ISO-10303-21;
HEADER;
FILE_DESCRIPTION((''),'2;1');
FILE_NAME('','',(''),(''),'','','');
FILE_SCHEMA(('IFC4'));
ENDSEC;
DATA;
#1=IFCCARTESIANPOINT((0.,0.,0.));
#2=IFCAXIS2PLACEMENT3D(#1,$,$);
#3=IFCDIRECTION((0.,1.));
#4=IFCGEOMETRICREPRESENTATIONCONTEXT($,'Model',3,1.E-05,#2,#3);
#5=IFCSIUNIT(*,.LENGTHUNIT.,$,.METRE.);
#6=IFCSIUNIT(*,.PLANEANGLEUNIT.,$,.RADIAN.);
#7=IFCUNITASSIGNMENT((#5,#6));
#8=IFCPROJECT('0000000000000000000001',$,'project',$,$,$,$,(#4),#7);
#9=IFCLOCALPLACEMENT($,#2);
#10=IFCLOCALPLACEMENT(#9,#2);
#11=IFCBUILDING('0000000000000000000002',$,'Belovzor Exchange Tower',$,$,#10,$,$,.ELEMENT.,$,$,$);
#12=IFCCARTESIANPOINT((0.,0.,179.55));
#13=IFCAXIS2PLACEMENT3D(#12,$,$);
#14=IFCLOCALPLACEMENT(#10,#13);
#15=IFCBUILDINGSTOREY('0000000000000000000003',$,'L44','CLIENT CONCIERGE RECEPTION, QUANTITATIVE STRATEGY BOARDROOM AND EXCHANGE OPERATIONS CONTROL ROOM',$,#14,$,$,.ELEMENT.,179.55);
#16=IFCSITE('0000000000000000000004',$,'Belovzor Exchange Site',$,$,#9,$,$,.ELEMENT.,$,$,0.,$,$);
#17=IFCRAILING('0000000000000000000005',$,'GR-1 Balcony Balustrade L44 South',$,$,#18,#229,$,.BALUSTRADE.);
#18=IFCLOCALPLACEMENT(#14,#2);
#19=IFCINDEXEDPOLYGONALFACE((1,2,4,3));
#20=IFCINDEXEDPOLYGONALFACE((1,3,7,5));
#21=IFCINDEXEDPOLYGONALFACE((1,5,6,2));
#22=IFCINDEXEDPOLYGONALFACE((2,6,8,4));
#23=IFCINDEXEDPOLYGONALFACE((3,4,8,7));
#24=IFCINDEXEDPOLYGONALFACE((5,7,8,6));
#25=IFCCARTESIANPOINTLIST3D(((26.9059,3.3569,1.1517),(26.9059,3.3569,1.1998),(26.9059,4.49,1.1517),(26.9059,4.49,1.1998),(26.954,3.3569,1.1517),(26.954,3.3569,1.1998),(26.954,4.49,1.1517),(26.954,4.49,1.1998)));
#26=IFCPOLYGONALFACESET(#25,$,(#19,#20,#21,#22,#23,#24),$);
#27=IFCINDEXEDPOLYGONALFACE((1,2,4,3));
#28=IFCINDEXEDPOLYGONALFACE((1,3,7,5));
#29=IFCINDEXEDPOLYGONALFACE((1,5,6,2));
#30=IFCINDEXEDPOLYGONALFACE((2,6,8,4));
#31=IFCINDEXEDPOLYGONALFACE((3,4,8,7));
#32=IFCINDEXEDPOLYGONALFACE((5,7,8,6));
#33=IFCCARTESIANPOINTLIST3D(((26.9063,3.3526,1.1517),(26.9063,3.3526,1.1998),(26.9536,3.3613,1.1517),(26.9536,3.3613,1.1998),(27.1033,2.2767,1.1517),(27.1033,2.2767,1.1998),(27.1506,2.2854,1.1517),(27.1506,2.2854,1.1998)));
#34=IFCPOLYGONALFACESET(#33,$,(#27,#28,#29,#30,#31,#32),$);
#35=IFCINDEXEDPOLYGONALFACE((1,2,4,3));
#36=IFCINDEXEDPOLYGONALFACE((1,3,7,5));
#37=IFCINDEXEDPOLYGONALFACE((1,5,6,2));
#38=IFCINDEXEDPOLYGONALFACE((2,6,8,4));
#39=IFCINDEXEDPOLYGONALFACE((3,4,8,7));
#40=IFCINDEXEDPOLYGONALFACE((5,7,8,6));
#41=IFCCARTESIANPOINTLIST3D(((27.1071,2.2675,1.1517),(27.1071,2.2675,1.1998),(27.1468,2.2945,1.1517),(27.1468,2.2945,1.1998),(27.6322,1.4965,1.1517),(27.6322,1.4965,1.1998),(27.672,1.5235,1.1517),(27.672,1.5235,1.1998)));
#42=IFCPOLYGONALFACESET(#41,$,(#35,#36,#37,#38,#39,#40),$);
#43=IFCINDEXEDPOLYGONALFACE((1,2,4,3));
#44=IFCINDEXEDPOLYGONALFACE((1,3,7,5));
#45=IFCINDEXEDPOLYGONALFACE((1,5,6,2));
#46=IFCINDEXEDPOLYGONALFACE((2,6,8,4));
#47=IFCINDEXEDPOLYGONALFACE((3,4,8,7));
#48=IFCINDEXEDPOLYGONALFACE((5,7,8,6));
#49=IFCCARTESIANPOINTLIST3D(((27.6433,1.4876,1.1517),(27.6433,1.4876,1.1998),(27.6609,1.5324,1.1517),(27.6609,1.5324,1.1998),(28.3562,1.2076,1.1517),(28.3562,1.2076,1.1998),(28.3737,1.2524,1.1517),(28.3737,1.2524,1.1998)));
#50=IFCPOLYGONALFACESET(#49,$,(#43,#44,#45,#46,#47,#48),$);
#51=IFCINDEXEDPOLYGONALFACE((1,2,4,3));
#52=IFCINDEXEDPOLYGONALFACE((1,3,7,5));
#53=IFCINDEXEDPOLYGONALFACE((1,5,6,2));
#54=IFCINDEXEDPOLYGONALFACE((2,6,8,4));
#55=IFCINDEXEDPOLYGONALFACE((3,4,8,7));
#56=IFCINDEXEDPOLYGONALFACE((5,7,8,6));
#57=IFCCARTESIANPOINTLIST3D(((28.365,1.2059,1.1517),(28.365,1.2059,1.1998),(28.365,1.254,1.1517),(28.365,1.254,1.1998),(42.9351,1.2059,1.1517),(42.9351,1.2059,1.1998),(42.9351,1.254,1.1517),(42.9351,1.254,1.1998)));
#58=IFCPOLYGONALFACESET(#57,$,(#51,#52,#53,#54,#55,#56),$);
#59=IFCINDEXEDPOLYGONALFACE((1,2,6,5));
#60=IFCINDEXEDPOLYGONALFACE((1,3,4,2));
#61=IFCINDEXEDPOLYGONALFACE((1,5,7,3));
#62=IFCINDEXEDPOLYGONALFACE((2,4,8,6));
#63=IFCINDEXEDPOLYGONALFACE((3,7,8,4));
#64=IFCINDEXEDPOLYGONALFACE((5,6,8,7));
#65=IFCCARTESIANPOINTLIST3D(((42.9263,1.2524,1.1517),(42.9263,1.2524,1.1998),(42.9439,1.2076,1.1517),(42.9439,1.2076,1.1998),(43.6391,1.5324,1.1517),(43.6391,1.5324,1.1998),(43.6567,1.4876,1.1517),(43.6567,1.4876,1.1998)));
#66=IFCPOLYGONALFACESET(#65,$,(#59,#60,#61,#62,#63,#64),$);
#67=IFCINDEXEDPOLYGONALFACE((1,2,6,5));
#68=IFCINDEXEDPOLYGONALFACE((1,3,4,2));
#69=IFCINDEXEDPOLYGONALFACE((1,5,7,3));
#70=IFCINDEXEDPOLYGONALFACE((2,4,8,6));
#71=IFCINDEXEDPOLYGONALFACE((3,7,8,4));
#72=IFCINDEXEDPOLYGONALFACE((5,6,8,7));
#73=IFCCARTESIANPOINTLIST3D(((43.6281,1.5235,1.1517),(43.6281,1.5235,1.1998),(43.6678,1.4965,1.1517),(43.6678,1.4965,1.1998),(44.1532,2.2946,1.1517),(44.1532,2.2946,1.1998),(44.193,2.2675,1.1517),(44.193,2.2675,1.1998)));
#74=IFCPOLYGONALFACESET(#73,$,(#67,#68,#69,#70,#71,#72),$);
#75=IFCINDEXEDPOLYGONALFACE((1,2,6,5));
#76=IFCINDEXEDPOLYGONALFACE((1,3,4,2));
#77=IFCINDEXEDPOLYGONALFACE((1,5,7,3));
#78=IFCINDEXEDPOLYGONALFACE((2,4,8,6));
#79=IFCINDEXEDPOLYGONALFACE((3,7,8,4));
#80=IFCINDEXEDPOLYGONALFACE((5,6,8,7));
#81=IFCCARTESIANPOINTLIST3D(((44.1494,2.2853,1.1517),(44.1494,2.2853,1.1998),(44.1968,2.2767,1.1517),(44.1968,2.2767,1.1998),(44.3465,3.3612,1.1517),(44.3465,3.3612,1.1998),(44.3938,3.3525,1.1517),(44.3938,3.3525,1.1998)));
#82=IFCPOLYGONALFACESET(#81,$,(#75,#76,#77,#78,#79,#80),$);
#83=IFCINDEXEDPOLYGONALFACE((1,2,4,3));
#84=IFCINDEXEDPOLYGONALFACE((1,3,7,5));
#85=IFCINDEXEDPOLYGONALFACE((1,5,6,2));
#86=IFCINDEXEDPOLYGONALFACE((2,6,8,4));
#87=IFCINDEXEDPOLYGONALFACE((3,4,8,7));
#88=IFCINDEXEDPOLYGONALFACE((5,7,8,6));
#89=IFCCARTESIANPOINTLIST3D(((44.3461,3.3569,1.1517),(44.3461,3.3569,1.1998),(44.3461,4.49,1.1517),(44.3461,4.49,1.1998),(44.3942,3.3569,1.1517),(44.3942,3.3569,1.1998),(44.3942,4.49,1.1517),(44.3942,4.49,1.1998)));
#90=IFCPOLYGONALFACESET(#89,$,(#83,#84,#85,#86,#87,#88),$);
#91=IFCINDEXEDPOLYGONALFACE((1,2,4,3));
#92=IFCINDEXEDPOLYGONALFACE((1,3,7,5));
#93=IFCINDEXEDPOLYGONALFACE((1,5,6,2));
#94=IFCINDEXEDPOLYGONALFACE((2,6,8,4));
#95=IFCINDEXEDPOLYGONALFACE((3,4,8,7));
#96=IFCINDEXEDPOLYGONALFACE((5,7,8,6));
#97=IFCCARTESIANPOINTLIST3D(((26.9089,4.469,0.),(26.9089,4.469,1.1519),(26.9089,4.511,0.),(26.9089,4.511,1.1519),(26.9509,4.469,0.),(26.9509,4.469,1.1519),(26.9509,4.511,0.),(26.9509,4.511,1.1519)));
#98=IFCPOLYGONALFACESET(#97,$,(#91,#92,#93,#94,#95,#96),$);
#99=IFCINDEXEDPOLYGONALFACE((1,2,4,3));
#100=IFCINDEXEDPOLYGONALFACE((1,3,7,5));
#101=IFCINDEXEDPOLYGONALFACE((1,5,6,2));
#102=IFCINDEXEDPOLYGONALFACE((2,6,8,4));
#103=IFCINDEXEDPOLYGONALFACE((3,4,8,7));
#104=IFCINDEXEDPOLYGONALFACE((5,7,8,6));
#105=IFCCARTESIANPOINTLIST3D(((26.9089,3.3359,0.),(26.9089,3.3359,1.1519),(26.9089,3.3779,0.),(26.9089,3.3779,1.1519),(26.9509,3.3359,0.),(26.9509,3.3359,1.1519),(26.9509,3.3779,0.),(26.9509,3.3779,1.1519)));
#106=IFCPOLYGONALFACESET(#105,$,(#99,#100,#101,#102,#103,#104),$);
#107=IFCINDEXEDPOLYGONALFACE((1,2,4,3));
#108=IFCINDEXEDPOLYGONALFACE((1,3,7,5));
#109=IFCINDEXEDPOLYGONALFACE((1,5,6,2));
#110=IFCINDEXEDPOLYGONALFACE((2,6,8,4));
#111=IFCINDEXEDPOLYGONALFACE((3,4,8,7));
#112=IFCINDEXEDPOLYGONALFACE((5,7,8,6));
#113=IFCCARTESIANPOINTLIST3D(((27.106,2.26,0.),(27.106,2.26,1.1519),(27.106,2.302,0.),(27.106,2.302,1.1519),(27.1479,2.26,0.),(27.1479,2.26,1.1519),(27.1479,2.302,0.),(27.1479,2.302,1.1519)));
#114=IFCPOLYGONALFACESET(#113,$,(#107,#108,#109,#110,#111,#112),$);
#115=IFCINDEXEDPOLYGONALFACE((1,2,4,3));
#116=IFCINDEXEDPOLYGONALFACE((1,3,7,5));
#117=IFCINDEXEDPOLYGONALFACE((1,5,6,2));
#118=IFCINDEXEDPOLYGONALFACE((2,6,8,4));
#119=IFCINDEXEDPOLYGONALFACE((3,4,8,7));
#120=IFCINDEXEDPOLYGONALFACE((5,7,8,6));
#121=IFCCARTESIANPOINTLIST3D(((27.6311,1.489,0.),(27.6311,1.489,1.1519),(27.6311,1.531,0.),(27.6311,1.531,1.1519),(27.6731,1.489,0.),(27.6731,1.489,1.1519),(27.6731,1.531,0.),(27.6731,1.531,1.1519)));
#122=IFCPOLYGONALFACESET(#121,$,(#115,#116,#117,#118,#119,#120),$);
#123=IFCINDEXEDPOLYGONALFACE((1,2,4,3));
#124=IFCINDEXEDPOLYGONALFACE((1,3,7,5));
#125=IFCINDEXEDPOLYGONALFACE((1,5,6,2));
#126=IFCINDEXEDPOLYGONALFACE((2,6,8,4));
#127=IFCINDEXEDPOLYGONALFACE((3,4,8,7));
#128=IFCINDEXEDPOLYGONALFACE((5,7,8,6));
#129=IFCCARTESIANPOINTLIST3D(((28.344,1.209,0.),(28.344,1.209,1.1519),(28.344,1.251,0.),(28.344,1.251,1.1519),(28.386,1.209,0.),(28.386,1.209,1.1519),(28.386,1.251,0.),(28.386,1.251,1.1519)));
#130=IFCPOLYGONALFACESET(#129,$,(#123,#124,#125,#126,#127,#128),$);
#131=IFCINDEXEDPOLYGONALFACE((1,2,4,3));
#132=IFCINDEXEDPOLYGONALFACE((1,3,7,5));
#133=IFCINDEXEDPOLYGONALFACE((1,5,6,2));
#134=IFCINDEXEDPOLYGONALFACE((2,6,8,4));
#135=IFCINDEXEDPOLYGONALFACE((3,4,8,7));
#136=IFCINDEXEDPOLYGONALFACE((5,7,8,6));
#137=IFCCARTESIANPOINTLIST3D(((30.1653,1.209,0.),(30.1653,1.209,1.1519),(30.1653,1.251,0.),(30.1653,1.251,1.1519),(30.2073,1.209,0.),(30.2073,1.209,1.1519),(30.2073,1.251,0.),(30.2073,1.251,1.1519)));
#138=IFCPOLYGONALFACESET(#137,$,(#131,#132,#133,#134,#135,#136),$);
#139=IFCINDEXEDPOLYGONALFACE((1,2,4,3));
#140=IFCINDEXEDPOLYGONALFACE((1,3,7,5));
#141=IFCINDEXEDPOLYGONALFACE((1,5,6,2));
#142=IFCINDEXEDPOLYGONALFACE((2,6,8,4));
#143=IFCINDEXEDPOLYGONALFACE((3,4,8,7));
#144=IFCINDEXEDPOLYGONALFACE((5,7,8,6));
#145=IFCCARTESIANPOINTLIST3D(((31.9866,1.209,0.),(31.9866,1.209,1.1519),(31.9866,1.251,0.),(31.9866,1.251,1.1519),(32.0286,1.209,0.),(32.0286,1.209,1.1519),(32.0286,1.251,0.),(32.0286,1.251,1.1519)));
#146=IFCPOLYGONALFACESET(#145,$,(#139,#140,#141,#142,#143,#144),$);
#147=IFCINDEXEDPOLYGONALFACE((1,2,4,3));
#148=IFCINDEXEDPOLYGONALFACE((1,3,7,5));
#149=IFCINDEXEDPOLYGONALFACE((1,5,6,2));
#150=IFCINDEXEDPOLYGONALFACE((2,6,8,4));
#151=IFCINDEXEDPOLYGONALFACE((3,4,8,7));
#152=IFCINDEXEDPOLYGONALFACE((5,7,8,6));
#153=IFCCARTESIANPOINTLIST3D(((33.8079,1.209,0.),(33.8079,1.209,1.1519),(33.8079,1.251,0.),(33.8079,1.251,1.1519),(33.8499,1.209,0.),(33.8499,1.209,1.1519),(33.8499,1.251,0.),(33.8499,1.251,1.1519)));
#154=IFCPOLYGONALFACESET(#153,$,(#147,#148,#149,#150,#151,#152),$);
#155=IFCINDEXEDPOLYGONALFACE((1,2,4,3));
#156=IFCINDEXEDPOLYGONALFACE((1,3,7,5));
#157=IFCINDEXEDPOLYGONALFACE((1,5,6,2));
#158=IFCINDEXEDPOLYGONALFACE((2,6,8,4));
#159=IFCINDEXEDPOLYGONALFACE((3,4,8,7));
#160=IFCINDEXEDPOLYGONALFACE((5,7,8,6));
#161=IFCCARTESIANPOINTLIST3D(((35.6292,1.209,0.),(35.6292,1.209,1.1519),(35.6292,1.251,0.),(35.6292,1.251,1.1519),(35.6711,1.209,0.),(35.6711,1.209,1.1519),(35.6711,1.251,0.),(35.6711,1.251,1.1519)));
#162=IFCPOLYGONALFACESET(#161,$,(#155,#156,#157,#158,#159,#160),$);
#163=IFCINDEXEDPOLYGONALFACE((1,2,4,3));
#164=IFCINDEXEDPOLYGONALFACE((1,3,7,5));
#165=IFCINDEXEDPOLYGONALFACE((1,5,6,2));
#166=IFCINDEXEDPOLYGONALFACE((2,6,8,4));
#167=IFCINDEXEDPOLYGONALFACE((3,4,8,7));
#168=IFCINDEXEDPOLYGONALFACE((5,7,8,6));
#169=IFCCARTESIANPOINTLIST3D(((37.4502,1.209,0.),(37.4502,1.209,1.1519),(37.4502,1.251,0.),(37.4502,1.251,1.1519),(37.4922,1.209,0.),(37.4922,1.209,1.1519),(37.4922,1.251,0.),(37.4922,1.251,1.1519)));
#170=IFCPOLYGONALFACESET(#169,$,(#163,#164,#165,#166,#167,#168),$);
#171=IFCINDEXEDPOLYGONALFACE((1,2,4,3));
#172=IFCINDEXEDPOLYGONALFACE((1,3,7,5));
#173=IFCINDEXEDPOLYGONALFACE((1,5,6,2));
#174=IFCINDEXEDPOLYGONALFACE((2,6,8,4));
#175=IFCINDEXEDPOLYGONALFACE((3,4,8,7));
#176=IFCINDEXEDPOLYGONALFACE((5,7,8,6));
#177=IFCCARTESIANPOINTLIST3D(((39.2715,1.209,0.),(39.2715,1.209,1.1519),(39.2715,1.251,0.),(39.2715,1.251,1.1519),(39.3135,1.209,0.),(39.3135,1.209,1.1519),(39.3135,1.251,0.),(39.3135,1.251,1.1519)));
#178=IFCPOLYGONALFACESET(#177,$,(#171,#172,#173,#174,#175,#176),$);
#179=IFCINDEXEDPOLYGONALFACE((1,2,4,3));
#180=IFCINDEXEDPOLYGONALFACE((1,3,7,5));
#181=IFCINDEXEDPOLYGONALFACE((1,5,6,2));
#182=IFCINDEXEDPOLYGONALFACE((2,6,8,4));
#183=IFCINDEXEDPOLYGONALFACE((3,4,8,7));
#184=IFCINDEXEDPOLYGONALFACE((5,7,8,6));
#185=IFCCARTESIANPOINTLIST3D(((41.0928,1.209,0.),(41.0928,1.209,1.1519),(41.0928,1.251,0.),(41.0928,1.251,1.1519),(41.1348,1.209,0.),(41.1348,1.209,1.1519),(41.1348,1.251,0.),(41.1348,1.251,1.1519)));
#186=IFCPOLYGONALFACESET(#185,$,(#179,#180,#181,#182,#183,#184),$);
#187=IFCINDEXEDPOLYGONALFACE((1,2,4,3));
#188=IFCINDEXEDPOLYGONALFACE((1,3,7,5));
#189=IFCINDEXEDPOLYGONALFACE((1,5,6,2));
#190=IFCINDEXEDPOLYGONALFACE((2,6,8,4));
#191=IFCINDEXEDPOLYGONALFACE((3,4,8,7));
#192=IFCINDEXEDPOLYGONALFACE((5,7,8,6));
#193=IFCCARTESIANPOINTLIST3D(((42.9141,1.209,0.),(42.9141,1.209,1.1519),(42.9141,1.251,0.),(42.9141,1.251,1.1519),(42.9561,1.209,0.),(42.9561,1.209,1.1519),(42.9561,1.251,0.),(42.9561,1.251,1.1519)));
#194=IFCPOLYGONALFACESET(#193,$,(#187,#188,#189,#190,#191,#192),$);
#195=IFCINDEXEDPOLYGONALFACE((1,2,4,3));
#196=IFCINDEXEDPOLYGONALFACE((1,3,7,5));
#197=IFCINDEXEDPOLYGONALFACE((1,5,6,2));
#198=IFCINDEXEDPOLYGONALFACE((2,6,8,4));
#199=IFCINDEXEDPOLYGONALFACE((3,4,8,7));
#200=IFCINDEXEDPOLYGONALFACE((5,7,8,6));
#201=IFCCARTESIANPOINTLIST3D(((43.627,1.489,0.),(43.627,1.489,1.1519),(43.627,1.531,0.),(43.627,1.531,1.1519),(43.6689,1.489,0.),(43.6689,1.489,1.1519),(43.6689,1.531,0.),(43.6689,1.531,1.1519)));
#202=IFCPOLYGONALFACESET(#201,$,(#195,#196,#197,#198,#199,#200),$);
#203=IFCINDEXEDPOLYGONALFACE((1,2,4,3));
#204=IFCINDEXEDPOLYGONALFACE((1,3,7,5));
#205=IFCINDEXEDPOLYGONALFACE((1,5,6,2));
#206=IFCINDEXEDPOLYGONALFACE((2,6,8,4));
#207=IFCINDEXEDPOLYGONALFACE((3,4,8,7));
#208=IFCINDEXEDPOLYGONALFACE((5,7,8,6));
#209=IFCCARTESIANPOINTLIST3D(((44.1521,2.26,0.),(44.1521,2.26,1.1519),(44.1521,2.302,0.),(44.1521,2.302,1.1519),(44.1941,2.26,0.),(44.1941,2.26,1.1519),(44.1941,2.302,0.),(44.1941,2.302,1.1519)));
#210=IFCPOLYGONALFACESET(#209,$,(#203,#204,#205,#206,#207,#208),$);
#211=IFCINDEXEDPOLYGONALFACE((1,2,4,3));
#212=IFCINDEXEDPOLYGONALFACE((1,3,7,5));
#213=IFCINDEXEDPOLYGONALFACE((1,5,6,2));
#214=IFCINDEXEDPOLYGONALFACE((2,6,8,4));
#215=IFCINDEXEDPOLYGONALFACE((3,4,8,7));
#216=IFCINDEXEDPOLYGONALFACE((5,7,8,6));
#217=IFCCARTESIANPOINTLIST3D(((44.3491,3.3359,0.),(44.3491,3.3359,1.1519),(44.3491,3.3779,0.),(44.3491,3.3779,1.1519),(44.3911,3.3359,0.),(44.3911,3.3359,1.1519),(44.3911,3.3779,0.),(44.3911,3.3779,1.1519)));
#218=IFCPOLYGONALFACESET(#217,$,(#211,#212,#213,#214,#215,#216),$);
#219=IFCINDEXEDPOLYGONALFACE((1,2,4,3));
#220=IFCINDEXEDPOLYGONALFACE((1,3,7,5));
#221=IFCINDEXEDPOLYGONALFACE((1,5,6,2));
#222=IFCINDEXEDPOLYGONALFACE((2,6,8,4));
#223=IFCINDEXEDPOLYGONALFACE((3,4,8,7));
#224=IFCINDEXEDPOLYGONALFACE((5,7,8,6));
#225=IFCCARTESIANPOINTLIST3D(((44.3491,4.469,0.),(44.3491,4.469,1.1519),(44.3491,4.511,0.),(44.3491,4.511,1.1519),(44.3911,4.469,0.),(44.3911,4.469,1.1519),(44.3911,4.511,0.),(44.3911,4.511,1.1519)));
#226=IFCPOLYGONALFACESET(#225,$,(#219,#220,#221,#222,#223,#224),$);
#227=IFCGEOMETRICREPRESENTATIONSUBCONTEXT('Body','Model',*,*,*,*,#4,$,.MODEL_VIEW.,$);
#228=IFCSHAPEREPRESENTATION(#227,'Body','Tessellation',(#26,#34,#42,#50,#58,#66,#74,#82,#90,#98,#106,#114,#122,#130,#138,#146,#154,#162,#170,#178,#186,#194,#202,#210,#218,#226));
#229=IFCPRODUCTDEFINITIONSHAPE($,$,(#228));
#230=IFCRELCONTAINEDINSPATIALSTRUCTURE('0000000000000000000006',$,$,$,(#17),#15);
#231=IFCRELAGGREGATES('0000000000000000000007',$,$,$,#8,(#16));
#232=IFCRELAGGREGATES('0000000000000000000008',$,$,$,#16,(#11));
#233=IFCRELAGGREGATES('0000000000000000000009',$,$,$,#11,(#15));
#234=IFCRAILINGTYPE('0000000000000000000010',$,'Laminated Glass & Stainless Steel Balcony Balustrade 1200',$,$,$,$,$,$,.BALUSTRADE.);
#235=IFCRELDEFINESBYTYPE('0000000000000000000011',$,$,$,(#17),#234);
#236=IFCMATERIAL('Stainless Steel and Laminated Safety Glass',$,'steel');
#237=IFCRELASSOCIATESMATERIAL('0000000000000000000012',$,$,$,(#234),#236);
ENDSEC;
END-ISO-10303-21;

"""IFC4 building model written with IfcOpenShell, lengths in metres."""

from ifc_helpers import new_model, si_unit, direction, frame, origin, origin_2d, place, context, subcontext, project, spatial, rectangle, extrude, material, type_object, element, save


model = new_model("IFC4")

# Units and contexts
model_context = context("Model", 3, precision=1e-05, world=origin(), true_north=direction((0.0, 1.0)))
body_context = subcontext(model_context, "Body", "Model", "MODEL_VIEW")
ifc_project = project(units=[si_unit("LENGTHUNIT", "METRE"), si_unit("PLANEANGLEUNIT", "RADIAN")], contexts=[model_context])

# Site, building, storey
site_placement = place(None, origin())
site = spatial("IfcSite", under=ifc_project, at=site_placement, Name="Belovzor Exchange Site", CompositionType="ELEMENT", RefElevation=0.0)
building_placement = place(site_placement, origin())
building = spatial("IfcBuilding", under=site, at=building_placement, Name="Belovzor Exchange Tower", CompositionType="ELEMENT")
storey_placement = place(building_placement, frame((0.0, 0.0, 179.55)))
storey = spatial("IfcBuildingStorey", under=building, at=storey_placement, Name="L44", Description="CLIENT CONCIERGE RECEPTION, QUANTITATIVE STRATEGY BOARDROOM AND EXCHANGE OPERATIONS CONTROL ROOM", CompositionType="ELEMENT", Elevation=179.55)

# Railing
ifc_material_1 = material(Name="Stainless Steel and Laminated Safety Glass", Category="steel")
railing_type = type_object("IfcRailingType", Name="Laminated Glass & Stainless Steel Balcony Balustrade 1200", PredefinedType="BALUSTRADE", material=ifc_material_1)
railing_placement = place(storey_placement, frame((26.9299, 4.49, 0.0)))
element("IfcRailing", 1, at=railing_placement, inside=storey, type_object=railing_type, Name="GR-1 Balcony Balustrade L44 South", PredefinedType="BALUSTRADE", context=body_context, shape_type="SweptSolid", body=[
    extrude(rectangle(XDim=0.0481, YDim=0.0481, at=origin_2d()), frame((0.0, 0.0, 1.1758), z_axis=(0.0, -1.0, 0.0), x_axis=(1.0, 0.0, 0.0)), (0.0, 0.0, 1.0), 1.1331),
    extrude(rectangle(XDim=0.0481, YDim=0.0481, at=origin_2d()), frame((0.0, -1.1331, 1.1758), z_axis=(0.180123, -0.983644, 0.0), x_axis=(0.983644, 0.180123, 0.0)), (0.0, 0.0, 1.0), 1.0938),
    extrude(rectangle(XDim=0.0481, YDim=0.0481, at=origin_2d()), frame((0.197, -2.209, 1.1758), z_axis=(0.562947, -0.826493, 0.0), x_axis=(0.826493, 0.562947, 0.0)), (0.0, 0.0, 1.0), 0.9329),
    extrude(rectangle(XDim=0.0481, YDim=0.0481, at=origin_2d()), frame((0.7222, -2.98, 1.1758), z_axis=(0.930767, -0.365613, 0.0), x_axis=(0.365613, 0.930767, 0.0)), (0.0, 0.0, 1.0), 0.7659),
    extrude(rectangle(XDim=0.0481, YDim=0.0481, at=origin_2d()), frame((1.4351, -3.26, 1.1758), z_axis=(1.0, 0.0, 0.0), x_axis=(0.0, 1.0, 0.0)), (0.0, 0.0, 1.0), 14.5701),
    extrude(rectangle(XDim=0.0481, YDim=0.0481, at=origin_2d()), frame((16.0051, -3.26, 1.1758), z_axis=(0.930767, 0.365613, 0.0), x_axis=(-0.365613, 0.930767, 0.0)), (0.0, 0.0, 1.0), 0.7659),
    extrude(rectangle(XDim=0.0481, YDim=0.0481, at=origin_2d()), frame((16.718, -2.98, 1.1758), z_axis=(0.562947, 0.826493, 0.0), x_axis=(-0.826493, 0.562947, 0.0)), (0.0, 0.0, 1.0), 0.9329),
    extrude(rectangle(XDim=0.0481, YDim=0.0481, at=origin_2d()), frame((17.2432, -2.209, 1.1758), z_axis=(0.180123, 0.983644, 0.0), x_axis=(-0.983644, 0.180123, 0.0)), (0.0, 0.0, 1.0), 1.0938),
    extrude(rectangle(XDim=0.0481, YDim=0.0481, at=origin_2d()), frame((17.4402, -1.1331, 1.1758), z_axis=(0.0, 1.0, 0.0), x_axis=(-1.0, 0.0, 0.0)), (0.0, 0.0, 1.0), 1.1331),
    extrude(rectangle(XDim=0.042, YDim=0.042, at=origin_2d()), origin(), (0.0, 0.0, 1.0), 1.1519),
    extrude(rectangle(XDim=0.042, YDim=0.042, at=origin_2d()), frame((0.0, -1.1331, 0.0)), (0.0, 0.0, 1.0), 1.1519),
    extrude(rectangle(XDim=0.042, YDim=0.042, at=origin_2d()), frame((0.197, -2.209, 0.0)), (0.0, 0.0, 1.0), 1.1519),
    extrude(rectangle(XDim=0.042, YDim=0.042, at=origin_2d()), frame((0.7222, -2.98, 0.0)), (0.0, 0.0, 1.0), 1.1519),
    extrude(rectangle(XDim=0.042, YDim=0.042, at=origin_2d()), frame((1.4351, -3.26, 0.0)), (0.0, 0.0, 1.0), 1.1519),
    extrude(rectangle(XDim=0.042, YDim=0.042, at=origin_2d()), frame((3.2563, -3.26, 0.0)), (0.0, 0.0, 1.0), 1.1519),
    extrude(rectangle(XDim=0.042, YDim=0.042, at=origin_2d()), frame((5.0776, -3.26, 0.0)), (0.0, 0.0, 1.0), 1.1519),
    extrude(rectangle(XDim=0.042, YDim=0.042, at=origin_2d()), frame((6.8989, -3.26, 0.0)), (0.0, 0.0, 1.0), 1.1519),
    extrude(rectangle(XDim=0.042, YDim=0.042, at=origin_2d()), frame((8.7202, -3.26, 0.0)), (0.0, 0.0, 1.0), 1.1519),
    extrude(rectangle(XDim=0.042, YDim=0.042, at=origin_2d()), frame((10.5413, -3.26, 0.0)), (0.0, 0.0, 1.0), 1.1519),
    extrude(rectangle(XDim=0.042, YDim=0.042, at=origin_2d()), frame((12.3625, -3.26, 0.0)), (0.0, 0.0, 1.0), 1.1519),
    extrude(rectangle(XDim=0.042, YDim=0.042, at=origin_2d()), frame((14.1838, -3.26, 0.0)), (0.0, 0.0, 1.0), 1.1519),
    extrude(rectangle(XDim=0.042, YDim=0.042, at=origin_2d()), frame((16.0051, -3.26, 0.0)), (0.0, 0.0, 1.0), 1.1519),
    extrude(rectangle(XDim=0.042, YDim=0.042, at=origin_2d()), frame((16.718, -2.98, 0.0)), (0.0, 0.0, 1.0), 1.1519),
    extrude(rectangle(XDim=0.042, YDim=0.042, at=origin_2d()), frame((17.2432, -2.209, 0.0)), (0.0, 0.0, 1.0), 1.1519),
    extrude(rectangle(XDim=0.042, YDim=0.042, at=origin_2d()), frame((17.4402, -1.1331, 0.0)), (0.0, 0.0, 1.0), 1.1519),
    extrude(rectangle(XDim=0.042, YDim=0.042, at=origin_2d()), frame((17.4402, 0.0, 0.0)), (0.0, 0.0, 1.0), 1.1519),
])

save(model, "model.ifc")
